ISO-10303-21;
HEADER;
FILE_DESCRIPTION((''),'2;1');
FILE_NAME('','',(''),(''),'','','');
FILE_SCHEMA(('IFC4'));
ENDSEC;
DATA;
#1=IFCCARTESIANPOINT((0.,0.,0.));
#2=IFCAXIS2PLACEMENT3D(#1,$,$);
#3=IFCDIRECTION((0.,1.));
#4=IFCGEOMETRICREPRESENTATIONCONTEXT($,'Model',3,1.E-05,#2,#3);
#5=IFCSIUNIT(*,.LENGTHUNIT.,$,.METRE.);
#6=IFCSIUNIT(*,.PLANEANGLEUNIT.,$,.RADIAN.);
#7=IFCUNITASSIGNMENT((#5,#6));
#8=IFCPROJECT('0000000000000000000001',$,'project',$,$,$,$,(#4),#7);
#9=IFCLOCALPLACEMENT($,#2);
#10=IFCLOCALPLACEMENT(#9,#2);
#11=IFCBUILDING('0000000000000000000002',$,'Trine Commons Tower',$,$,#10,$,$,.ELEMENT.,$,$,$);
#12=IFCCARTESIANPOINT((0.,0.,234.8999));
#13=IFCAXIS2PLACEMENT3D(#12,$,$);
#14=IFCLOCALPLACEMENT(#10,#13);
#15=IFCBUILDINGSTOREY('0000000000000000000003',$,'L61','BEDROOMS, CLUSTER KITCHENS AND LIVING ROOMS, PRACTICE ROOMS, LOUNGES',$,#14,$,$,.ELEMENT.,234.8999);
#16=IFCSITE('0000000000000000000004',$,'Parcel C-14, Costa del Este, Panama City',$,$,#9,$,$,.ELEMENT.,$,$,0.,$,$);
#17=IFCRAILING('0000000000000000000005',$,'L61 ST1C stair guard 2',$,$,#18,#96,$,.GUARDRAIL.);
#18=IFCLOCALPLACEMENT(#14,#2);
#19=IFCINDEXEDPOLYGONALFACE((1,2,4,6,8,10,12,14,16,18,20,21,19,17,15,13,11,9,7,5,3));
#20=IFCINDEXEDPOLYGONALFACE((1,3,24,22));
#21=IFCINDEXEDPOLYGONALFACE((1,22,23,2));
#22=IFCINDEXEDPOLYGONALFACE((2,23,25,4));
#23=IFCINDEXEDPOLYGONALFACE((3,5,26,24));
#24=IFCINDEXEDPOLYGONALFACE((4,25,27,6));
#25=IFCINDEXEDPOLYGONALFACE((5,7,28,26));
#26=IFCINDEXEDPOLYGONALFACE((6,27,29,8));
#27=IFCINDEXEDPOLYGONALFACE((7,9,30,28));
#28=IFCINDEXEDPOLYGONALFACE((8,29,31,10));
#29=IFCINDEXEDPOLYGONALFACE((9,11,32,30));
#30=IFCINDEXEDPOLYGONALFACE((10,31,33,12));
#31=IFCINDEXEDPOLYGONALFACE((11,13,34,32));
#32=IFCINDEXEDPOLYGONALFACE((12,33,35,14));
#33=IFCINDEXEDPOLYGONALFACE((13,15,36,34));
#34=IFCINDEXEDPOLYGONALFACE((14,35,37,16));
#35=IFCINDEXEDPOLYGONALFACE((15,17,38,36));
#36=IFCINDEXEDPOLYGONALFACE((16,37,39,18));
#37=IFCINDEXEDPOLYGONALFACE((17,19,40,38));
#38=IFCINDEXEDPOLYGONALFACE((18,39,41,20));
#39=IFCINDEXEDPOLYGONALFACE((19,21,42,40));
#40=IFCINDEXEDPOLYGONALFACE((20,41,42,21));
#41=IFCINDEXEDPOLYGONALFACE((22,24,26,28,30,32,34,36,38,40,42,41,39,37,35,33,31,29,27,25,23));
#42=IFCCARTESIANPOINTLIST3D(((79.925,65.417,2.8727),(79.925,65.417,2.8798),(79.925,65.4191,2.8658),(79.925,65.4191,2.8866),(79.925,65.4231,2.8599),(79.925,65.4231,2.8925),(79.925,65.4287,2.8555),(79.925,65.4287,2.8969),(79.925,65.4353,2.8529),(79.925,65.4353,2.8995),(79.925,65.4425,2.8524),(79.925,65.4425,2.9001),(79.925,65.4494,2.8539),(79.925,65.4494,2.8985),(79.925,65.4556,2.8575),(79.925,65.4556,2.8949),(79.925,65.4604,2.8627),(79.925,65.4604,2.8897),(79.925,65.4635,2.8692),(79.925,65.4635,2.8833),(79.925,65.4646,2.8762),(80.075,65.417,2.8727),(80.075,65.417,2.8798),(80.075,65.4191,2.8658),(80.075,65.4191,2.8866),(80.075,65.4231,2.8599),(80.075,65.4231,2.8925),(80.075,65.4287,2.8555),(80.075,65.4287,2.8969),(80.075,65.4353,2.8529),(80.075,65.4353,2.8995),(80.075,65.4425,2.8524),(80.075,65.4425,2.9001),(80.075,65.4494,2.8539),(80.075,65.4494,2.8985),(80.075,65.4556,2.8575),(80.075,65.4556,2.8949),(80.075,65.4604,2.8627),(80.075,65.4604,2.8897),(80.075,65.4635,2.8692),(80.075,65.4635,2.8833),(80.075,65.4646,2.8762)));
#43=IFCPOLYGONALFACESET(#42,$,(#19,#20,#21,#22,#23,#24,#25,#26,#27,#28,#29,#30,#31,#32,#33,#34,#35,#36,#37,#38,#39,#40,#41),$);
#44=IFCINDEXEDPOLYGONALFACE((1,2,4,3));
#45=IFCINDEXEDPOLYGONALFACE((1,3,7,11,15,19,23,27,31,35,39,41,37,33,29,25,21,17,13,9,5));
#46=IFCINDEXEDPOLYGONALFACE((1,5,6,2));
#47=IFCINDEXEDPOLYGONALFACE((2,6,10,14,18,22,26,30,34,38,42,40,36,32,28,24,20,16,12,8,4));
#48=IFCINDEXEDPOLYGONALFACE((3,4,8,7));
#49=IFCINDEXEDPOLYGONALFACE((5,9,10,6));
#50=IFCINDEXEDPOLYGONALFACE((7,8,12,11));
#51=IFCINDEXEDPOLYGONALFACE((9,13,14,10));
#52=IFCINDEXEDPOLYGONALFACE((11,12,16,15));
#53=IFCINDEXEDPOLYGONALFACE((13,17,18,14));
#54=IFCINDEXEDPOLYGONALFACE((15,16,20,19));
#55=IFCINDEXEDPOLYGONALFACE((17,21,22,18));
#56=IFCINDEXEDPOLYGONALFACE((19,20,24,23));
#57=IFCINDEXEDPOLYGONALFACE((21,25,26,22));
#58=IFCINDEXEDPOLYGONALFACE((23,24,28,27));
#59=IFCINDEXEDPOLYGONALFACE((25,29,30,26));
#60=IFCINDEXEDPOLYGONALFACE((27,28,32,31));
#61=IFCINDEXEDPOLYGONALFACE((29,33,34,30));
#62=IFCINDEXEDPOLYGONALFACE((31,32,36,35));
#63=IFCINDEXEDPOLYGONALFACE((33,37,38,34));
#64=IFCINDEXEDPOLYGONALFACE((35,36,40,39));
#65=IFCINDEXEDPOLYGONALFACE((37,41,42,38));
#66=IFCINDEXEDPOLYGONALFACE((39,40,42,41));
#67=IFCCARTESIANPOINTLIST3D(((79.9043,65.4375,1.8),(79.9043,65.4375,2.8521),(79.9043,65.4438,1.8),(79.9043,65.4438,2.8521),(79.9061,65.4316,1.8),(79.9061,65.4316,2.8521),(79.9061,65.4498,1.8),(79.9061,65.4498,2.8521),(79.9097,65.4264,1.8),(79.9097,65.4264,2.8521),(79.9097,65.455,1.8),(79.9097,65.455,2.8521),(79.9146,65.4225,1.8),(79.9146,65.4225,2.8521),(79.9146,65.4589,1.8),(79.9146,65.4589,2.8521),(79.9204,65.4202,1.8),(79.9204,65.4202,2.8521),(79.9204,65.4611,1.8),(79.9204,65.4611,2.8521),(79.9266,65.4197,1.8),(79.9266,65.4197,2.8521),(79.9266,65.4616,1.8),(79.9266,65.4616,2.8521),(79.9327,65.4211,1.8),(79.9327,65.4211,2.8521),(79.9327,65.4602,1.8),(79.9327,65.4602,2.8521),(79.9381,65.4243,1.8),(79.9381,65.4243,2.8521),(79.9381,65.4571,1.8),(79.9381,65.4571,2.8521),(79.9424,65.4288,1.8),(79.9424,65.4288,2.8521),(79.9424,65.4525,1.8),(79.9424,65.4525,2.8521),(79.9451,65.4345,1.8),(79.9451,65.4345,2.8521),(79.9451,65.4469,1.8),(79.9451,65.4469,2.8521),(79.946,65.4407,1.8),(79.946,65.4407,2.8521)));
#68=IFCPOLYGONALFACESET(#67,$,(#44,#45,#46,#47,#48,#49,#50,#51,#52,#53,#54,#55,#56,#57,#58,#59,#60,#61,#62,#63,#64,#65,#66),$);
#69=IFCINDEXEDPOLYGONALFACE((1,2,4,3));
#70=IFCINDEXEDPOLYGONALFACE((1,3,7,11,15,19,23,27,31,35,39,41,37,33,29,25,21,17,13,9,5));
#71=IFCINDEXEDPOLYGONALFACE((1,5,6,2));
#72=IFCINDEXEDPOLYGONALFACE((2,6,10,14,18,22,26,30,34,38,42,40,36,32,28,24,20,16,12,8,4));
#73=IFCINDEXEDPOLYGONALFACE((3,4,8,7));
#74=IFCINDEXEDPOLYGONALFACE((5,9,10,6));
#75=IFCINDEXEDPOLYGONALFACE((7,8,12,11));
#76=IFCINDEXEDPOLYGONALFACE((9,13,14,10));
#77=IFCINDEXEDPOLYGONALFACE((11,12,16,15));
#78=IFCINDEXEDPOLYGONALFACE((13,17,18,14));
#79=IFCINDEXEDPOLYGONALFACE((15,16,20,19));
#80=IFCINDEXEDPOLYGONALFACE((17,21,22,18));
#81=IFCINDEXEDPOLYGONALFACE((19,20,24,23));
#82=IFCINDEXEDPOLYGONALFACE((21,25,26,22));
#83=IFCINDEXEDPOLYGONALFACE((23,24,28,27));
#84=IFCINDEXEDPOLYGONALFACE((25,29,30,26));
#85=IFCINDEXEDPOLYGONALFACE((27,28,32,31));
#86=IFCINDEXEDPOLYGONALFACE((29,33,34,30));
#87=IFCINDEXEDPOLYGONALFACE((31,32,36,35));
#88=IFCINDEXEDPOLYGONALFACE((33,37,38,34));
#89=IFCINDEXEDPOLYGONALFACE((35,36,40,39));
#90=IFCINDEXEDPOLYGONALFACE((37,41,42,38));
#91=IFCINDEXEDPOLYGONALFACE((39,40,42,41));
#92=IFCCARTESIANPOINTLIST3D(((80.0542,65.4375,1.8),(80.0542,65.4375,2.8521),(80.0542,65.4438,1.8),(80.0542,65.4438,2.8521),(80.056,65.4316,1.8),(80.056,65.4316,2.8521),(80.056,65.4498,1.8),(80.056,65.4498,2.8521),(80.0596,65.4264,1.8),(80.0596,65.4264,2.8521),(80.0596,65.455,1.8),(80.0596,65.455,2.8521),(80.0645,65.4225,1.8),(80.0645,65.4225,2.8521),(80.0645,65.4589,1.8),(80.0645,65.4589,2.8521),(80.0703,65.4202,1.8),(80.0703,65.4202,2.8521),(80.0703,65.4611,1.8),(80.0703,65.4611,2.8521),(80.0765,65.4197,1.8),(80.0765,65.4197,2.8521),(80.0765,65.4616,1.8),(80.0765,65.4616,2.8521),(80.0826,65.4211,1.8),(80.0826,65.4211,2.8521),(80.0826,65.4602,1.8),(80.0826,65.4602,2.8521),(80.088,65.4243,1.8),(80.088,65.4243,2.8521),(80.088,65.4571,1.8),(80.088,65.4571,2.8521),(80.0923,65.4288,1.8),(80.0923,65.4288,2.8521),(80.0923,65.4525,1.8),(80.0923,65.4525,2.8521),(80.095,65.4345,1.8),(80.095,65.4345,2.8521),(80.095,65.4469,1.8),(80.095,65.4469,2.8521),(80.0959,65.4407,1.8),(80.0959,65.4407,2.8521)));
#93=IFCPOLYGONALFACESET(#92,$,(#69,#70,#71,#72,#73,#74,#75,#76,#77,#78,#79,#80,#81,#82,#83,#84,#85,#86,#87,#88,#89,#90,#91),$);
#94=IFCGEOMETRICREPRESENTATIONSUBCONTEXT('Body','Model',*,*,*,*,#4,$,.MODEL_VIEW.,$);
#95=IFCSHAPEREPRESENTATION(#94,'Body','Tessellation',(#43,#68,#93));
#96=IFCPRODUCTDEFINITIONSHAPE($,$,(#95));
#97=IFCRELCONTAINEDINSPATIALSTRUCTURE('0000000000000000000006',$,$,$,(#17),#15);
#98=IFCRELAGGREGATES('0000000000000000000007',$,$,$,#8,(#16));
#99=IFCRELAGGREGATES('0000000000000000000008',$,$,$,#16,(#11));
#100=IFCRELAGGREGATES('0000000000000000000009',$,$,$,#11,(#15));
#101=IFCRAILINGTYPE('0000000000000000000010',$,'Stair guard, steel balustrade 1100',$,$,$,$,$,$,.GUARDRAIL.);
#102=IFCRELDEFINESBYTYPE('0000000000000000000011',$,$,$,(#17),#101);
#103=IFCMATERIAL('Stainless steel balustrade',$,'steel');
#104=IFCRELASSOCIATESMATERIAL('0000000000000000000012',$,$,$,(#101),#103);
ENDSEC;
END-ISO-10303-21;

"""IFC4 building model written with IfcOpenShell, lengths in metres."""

from ifc_helpers import new_model, si_unit, direction, frame, origin, origin_2d, place, context, subcontext, project, spatial, circle, extrude, material, type_object, element, save


model = new_model("IFC4")

# Units and contexts
model_context = context("Model", 3, precision=1e-05, world=origin(), true_north=direction((0.0, 1.0)))
body_context = subcontext(model_context, "Body", "Model", "MODEL_VIEW")
ifc_project = project(units=[si_unit("LENGTHUNIT", "METRE"), si_unit("PLANEANGLEUNIT", "RADIAN")], contexts=[model_context])

# Site, building, storey
site_placement = place(None, origin())
site = spatial("IfcSite", under=ifc_project, at=site_placement, Name="Parcel C-14, Costa del Este, Panama City", CompositionType="ELEMENT", RefElevation=0.0)
building_placement = place(site_placement, origin())
building = spatial("IfcBuilding", under=site, at=building_placement, Name="Trine Commons Tower", CompositionType="ELEMENT")
storey_placement = place(building_placement, frame((0.0, 0.0, 234.8999)))
storey = spatial("IfcBuildingStorey", under=building, at=storey_placement, Name="L61", Description="BEDROOMS, CLUSTER KITCHENS AND LIVING ROOMS, PRACTICE ROOMS, LOUNGES", CompositionType="ELEMENT", Elevation=234.8999)

# Railing
ifc_material_1 = material(Name="Stainless steel balustrade", Category="steel")
railing_type_1 = type_object("IfcRailingType", Name="Stair guard, steel balustrade 1100", PredefinedType="GUARDRAIL", material=ifc_material_1)
railing_1_placement = place(storey_placement, frame((79.925, 65.4407, 1.8)))
element("IfcRailing", 1, at=railing_1_placement, inside=storey, type_object=railing_type_1, Name="L61 ST1C stair guard 2", PredefinedType="GUARDRAIL", context=body_context, shape_type="SweptSolid", body=[
    extrude(circle(Radius=0.0239, at=origin_2d()), frame((0.0, 0.0, 1.0762), z_axis=(1.0, 0.0, 0.0), x_axis=(0.0, 1.0, 0.0)), (0.0, 0.0, 1.0), 0.1499),
    extrude(circle(Radius=0.021, at=origin_2d()), origin(), (0.0, 0.0, 1.0), 1.052),
    extrude(circle(Radius=0.021, at=origin_2d()), frame((0.1499, 0.0, 0.0)), (0.0, 0.0, 1.0), 1.052),
])

save(model, "model.ifc")
